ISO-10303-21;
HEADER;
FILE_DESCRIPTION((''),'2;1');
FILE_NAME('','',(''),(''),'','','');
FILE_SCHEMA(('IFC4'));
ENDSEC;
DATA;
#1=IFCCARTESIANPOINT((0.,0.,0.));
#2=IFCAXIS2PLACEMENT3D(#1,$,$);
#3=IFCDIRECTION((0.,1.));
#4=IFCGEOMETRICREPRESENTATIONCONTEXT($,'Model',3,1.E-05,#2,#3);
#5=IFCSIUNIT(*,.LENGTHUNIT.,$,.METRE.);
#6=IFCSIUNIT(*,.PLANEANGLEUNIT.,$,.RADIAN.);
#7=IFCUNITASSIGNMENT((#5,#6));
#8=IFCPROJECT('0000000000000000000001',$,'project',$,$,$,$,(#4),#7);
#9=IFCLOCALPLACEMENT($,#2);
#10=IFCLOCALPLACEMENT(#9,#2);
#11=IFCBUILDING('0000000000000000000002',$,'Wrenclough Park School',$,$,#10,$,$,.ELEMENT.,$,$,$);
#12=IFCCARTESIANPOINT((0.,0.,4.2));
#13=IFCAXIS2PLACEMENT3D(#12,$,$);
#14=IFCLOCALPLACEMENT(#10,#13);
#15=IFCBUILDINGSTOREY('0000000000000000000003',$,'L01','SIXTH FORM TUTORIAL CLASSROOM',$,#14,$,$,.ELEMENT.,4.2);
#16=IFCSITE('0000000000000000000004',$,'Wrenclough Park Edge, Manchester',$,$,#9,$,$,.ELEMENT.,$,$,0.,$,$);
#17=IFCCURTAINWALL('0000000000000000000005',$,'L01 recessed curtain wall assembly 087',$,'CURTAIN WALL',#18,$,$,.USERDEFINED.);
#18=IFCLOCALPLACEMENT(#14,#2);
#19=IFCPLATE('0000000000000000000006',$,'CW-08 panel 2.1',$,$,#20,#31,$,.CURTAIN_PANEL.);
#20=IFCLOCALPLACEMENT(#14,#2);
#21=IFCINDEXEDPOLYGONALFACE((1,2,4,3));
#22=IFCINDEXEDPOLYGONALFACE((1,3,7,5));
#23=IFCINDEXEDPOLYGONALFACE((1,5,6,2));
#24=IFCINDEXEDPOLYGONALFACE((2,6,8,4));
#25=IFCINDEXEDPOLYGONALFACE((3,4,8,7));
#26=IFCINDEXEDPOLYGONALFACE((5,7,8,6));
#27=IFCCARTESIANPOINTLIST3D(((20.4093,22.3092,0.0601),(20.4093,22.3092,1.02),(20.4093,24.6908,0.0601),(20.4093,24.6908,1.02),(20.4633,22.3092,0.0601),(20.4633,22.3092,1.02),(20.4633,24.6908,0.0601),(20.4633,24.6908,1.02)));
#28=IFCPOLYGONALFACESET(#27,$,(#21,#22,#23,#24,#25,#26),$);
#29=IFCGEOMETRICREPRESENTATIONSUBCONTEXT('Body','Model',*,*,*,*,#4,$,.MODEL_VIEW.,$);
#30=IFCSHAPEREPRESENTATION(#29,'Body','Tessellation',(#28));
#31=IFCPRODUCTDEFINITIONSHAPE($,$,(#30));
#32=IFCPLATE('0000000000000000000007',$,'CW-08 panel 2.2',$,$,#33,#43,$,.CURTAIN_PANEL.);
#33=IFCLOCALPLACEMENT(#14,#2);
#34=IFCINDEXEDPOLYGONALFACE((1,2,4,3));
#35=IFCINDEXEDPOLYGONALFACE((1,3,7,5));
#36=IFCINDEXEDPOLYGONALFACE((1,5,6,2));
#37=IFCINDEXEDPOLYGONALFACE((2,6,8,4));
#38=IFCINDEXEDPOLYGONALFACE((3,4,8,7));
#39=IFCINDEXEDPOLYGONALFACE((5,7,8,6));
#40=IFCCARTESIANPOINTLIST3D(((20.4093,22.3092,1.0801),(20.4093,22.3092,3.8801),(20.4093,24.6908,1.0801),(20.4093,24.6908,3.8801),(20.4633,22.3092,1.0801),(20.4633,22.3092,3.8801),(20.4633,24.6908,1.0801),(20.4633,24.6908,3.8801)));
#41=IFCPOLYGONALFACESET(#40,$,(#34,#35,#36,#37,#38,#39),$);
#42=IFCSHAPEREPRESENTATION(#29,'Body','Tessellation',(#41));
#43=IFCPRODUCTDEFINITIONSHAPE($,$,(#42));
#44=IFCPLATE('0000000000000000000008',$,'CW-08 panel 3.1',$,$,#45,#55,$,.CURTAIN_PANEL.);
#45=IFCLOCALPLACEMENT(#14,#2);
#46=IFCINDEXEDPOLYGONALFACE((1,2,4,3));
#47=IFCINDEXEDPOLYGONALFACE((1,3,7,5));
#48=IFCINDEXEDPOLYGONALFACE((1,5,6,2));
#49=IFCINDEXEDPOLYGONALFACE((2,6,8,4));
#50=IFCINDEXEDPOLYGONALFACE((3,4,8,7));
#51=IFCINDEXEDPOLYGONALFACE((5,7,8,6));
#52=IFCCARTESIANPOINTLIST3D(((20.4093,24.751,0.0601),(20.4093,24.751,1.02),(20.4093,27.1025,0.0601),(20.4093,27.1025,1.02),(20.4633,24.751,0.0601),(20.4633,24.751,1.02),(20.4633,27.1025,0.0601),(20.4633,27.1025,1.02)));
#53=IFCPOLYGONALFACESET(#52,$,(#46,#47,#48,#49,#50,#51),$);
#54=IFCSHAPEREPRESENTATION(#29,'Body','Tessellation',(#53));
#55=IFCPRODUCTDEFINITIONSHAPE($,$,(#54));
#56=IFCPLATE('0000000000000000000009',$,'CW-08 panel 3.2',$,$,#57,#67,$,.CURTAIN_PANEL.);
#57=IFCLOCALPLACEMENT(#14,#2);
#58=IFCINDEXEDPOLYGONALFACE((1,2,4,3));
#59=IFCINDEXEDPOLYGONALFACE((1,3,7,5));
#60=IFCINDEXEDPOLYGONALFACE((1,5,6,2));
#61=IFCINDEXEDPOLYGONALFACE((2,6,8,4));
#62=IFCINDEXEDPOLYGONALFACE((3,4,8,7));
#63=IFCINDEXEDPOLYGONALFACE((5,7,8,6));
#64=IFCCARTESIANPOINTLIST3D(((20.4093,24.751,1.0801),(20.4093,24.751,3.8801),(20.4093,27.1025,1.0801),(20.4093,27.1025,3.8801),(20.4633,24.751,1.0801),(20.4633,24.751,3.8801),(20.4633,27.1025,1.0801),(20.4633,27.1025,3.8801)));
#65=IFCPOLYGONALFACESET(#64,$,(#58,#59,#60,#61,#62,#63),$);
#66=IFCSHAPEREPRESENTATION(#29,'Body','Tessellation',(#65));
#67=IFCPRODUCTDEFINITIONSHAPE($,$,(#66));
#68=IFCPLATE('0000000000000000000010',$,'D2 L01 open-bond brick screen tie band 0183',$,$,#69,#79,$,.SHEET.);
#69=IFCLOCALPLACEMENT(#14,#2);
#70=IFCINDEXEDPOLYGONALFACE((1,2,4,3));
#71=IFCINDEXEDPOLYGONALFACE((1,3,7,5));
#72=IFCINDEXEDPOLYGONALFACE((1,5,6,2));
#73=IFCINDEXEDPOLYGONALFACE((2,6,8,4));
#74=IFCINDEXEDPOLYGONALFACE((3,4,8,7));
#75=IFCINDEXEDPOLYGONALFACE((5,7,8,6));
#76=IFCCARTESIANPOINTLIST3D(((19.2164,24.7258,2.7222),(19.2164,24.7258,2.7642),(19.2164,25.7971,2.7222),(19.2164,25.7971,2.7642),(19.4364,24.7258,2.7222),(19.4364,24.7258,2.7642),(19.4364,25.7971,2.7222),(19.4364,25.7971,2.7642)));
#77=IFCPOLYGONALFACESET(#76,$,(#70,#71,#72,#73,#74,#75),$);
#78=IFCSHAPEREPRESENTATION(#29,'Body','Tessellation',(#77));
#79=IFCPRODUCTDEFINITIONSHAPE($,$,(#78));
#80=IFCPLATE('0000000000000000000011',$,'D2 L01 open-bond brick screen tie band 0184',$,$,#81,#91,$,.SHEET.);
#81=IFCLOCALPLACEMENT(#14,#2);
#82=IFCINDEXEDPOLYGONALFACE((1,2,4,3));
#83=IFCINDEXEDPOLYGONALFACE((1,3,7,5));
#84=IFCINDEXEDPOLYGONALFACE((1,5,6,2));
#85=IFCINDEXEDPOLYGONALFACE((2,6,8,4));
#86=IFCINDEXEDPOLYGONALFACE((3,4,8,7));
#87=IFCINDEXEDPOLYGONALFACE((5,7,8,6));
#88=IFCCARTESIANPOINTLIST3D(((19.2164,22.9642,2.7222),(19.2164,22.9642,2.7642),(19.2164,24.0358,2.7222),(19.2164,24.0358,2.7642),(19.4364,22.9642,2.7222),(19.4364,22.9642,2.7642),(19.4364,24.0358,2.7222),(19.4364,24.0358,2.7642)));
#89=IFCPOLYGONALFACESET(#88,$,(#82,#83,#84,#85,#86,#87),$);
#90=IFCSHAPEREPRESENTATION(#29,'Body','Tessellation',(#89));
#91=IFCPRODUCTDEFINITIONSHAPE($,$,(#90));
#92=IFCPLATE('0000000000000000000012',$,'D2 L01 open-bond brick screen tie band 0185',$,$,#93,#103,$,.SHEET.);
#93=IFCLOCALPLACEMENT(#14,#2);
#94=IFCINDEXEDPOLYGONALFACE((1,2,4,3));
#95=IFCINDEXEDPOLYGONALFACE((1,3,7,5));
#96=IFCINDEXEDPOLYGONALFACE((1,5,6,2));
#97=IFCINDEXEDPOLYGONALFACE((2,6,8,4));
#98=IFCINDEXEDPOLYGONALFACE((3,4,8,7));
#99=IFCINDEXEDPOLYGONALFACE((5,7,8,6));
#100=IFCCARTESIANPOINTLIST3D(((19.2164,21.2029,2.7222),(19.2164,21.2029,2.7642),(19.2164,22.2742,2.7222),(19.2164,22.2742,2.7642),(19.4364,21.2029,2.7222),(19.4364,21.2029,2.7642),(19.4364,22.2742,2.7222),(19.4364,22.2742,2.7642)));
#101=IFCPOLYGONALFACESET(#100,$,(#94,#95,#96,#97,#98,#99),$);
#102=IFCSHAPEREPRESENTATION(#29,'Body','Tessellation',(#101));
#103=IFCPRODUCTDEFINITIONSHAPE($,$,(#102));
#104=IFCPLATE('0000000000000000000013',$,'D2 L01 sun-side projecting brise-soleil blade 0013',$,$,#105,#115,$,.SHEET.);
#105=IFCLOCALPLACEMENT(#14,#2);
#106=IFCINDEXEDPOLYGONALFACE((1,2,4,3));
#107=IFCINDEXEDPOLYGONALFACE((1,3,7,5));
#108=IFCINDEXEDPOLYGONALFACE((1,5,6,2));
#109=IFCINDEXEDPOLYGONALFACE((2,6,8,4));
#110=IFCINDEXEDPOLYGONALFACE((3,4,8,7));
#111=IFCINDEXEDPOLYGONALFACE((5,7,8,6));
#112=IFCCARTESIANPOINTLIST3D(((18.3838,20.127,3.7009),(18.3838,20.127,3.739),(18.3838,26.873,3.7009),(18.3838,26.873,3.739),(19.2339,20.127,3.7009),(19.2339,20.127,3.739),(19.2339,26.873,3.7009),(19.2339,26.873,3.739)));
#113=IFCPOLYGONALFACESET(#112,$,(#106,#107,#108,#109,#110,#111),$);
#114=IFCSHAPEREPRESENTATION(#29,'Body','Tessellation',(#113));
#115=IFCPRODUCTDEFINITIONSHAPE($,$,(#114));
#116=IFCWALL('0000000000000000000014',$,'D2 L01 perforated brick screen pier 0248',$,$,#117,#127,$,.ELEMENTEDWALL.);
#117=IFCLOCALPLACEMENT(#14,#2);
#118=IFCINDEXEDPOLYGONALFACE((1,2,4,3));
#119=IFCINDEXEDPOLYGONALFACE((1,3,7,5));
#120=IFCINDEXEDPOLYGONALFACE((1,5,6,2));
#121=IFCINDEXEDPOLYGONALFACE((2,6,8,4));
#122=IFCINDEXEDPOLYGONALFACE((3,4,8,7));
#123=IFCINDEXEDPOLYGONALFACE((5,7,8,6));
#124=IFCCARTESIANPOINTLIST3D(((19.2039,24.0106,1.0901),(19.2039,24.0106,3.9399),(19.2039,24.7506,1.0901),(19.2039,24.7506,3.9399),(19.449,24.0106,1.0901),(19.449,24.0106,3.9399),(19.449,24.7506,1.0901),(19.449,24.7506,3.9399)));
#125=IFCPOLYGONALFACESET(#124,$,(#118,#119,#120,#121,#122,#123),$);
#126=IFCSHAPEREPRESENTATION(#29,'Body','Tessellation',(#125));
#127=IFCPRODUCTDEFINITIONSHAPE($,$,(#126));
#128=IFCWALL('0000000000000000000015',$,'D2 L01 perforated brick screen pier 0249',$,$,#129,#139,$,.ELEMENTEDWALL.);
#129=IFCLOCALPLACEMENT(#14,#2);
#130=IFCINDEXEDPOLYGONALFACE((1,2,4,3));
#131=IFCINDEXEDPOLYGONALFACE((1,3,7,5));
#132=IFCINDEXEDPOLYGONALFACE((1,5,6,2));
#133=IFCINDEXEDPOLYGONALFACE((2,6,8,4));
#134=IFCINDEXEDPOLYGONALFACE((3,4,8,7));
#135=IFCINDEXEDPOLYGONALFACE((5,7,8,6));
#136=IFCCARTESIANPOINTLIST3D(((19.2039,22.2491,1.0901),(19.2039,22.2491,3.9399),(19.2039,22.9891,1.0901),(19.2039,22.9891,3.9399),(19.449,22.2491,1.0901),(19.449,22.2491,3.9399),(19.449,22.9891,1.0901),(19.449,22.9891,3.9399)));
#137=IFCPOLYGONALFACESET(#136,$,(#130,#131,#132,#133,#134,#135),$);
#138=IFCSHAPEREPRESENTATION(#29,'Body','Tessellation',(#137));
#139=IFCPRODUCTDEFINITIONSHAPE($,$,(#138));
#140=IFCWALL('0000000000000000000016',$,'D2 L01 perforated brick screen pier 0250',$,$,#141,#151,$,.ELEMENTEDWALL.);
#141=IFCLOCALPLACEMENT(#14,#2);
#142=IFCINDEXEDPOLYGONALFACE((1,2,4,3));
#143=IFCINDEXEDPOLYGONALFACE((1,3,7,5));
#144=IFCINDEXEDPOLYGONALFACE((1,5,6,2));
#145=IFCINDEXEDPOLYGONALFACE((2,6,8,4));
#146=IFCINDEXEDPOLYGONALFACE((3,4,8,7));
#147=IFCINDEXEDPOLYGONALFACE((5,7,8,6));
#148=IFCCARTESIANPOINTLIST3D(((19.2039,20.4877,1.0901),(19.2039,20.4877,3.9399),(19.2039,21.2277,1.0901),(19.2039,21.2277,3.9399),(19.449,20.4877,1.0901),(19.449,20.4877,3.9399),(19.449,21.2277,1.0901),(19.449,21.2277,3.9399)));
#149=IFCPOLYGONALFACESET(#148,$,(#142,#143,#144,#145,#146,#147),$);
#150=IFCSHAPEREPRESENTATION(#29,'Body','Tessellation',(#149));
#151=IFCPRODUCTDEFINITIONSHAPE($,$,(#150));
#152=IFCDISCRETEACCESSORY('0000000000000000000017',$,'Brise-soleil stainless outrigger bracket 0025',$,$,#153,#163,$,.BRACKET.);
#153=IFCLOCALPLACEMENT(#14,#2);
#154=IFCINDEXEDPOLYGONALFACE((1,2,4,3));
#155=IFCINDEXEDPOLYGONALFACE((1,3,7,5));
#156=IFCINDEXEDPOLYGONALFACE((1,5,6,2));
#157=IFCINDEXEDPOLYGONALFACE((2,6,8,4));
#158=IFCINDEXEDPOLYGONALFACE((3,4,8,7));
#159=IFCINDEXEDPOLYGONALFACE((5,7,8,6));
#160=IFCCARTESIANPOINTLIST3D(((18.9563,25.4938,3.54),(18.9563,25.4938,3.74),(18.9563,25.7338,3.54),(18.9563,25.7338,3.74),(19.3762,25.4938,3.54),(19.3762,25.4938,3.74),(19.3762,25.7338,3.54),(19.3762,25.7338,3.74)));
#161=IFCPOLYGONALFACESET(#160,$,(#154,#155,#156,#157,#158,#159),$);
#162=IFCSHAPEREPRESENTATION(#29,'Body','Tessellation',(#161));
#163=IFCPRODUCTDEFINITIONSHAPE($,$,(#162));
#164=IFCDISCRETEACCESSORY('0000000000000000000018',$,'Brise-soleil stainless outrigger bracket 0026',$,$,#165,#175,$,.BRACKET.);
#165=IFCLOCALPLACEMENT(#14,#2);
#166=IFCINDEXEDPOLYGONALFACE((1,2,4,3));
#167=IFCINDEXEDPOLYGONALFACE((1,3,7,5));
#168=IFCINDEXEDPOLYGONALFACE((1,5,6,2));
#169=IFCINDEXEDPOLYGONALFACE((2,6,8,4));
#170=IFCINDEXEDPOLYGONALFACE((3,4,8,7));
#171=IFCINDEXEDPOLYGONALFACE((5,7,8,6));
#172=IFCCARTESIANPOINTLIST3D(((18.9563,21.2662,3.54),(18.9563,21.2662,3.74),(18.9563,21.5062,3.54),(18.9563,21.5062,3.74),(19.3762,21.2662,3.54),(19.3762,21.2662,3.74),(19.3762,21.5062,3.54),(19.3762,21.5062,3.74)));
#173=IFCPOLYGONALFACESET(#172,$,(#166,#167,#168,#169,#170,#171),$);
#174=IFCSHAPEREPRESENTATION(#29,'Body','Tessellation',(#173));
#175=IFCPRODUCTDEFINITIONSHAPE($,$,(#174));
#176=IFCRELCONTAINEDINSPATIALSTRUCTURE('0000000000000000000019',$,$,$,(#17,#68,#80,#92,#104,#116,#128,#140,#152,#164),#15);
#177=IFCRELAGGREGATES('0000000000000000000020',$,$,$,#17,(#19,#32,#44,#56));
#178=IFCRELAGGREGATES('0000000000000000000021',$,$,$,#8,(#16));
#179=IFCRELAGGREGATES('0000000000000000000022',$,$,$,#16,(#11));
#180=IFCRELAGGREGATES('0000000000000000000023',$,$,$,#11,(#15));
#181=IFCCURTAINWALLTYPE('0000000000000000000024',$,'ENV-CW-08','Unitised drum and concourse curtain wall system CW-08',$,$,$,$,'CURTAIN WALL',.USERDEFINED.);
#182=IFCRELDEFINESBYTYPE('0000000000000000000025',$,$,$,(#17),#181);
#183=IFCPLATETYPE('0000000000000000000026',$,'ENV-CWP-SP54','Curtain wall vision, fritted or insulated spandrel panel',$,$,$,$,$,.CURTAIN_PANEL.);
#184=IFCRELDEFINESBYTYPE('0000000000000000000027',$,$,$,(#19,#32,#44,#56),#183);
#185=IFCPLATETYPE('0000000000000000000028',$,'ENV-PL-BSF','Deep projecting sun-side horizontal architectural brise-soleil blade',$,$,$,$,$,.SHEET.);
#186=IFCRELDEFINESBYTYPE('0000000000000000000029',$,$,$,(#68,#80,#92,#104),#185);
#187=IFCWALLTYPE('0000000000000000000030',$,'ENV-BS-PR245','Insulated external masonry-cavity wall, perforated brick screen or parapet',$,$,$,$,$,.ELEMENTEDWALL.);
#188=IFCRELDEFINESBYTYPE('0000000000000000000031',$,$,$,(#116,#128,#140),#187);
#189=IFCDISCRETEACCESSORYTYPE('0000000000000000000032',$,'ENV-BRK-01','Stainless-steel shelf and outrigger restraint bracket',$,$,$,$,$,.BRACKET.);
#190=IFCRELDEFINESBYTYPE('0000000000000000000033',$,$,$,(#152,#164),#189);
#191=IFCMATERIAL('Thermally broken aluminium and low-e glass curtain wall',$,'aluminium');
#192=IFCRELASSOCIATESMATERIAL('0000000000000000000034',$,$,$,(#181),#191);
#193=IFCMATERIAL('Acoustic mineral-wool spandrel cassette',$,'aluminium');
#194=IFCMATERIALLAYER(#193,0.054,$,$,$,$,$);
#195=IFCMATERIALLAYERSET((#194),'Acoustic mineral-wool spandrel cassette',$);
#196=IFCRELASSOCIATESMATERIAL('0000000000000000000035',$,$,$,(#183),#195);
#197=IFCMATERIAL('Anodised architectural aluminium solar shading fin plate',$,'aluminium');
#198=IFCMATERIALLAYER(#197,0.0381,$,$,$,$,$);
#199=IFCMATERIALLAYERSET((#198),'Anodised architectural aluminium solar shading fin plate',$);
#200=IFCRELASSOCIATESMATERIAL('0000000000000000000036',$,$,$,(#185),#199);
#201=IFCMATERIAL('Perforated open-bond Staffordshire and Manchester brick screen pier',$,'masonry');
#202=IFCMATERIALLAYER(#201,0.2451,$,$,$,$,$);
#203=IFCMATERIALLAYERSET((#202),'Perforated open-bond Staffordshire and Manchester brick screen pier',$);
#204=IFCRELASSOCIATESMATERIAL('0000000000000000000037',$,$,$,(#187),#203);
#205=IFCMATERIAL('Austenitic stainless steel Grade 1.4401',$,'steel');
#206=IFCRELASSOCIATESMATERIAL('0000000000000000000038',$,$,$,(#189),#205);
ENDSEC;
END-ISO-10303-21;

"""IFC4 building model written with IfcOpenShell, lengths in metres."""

from ifc_helpers import new_model, si_unit, direction, frame, frame_2d, origin, origin_2d, place, context, subcontext, project, spatial, rectangle, extrude, material, layer, layer_set, type_object, element, aggregate, save


model = new_model("IFC4")

# Units and contexts
model_context = context("Model", 3, precision=1e-05, world=origin(), true_north=direction((0.0, 1.0)))
body_context = subcontext(model_context, "Body", "Model", "MODEL_VIEW")
ifc_project = project(units=[si_unit("LENGTHUNIT", "METRE"), si_unit("PLANEANGLEUNIT", "RADIAN")], contexts=[model_context])

# Site, building, storey
site_placement = place(None, origin())
site = spatial("IfcSite", under=ifc_project, at=site_placement, Name="Wrenclough Park Edge, Manchester", CompositionType="ELEMENT", RefElevation=0.0)
building_placement = place(site_placement, origin())
building = spatial("IfcBuilding", under=site, at=building_placement, Name="Wrenclough Park School", CompositionType="ELEMENT")
storey_placement = place(building_placement, frame((0.0, 0.0, 4.2)))
storey = spatial("IfcBuildingStorey", under=building, at=storey_placement, Name="L01", Description="SIXTH FORM TUTORIAL CLASSROOM", CompositionType="ELEMENT", Elevation=4.2)

# Curtain wall, plates
ifc_material_1 = material(Name="Thermally broken aluminium and low-e glass curtain wall", Category="aluminium")
curtain_wall_type = type_object("IfcCurtainWallType", Name="ENV-CW-08", Description="Unitised drum and concourse curtain wall system CW-08", ElementType="CURTAIN WALL", PredefinedType="USERDEFINED", material=ifc_material_1)
curtain_wall_placement = place(storey_placement, origin())
curtain_wall = element("IfcCurtainWall", 1, at=curtain_wall_placement, inside=storey, type_object=curtain_wall_type, Name="L01 recessed curtain wall assembly 087", ObjectType="CURTAIN WALL", PredefinedType="USERDEFINED")
ifc_material_2 = material(Name="Acoustic mineral-wool spandrel cassette", Category="aluminium")
ifc_layer_1 = layer(ifc_material_2, 0.054)
ifc_layer_set_1 = layer_set([ifc_layer_1], Name="Acoustic mineral-wool spandrel cassette")
plate_type_1 = type_object("IfcPlateType", Name="ENV-CWP-SP54", Description="Curtain wall vision, fritted or insulated spandrel panel", PredefinedType="CURTAIN_PANEL", material=ifc_layer_set_1)
plate_1_placement = place(storey_placement, frame((20.4363, 23.5, 0.0601), z_axis=(0.0, 0.0, 1.0), x_axis=(0.0, 1.0, 0.0)))
plate_1 = element("IfcPlate", 2, at=plate_1_placement, type_object=plate_type_1, Name="CW-08 panel 2.1", PredefinedType="CURTAIN_PANEL", context=body_context, shape_type="SweptSolid", body=[
    extrude(rectangle(XDim=2.3816, YDim=0.054, at=origin_2d()), origin(), (0.0, 0.0, 1.0), 0.96),
])
plate_2_placement = place(storey_placement, frame((20.4363, 23.5, 1.0801), z_axis=(0.0, 0.0, 1.0), x_axis=(0.0, 1.0, 0.0)))
plate_2 = element("IfcPlate", 3, at=plate_2_placement, type_object=plate_type_1, Name="CW-08 panel 2.2", PredefinedType="CURTAIN_PANEL", context=body_context, shape_type="SweptSolid", body=[
    extrude(rectangle(XDim=2.3816, YDim=0.054, at=origin_2d()), origin(), (0.0, 0.0, 1.0), 2.8),
])
plate_3_placement = place(storey_placement, frame((20.4363, 25.9268, 0.0601), z_axis=(0.0, 0.0, 1.0), x_axis=(0.0, 1.0, 0.0)))
plate_3 = element("IfcPlate", 4, at=plate_3_placement, type_object=plate_type_1, Name="CW-08 panel 3.1", PredefinedType="CURTAIN_PANEL", context=body_context, shape_type="SweptSolid", body=[
    extrude(rectangle(XDim=2.3516, YDim=0.054, at=origin_2d()), origin(), (0.0, 0.0, 1.0), 0.96),
])
plate_4_placement = place(storey_placement, frame((20.4363, 25.9268, 1.0801), z_axis=(0.0, 0.0, 1.0), x_axis=(0.0, 1.0, 0.0)))
plate_4 = element("IfcPlate", 5, at=plate_4_placement, type_object=plate_type_1, Name="CW-08 panel 3.2", PredefinedType="CURTAIN_PANEL", context=body_context, shape_type="SweptSolid", body=[
    extrude(rectangle(XDim=2.3516, YDim=0.054, at=origin_2d()), origin(), (0.0, 0.0, 1.0), 2.8),
])
aggregate(curtain_wall, [plate_1, plate_2, plate_3, plate_4])

# Plates
ifc_material_3 = material(Name="Anodised architectural aluminium solar shading fin plate", Category="aluminium")
ifc_layer_2 = layer(ifc_material_3, 0.0381)
ifc_layer_set_2 = layer_set([ifc_layer_2], Name="Anodised architectural aluminium solar shading fin plate")
plate_type_2 = type_object("IfcPlateType", Name="ENV-PL-BSF", Description="Deep projecting sun-side horizontal architectural brise-soleil blade", PredefinedType="SHEET", material=ifc_layer_set_2)
plate_5_placement = place(storey_placement, frame((19.3264, 25.2615, 2.7222), z_axis=(0.0, 0.0, 1.0), x_axis=(0.0, -1.0, 0.0)))
element("IfcPlate", 6, at=plate_5_placement, inside=storey, type_object=plate_type_2, Name="D2 L01 open-bond brick screen tie band 0183", PredefinedType="SHEET", context=body_context, shape_type="SweptSolid", body=[
    extrude(rectangle(XDim=1.0713, YDim=0.22, at=origin_2d()), origin(), (0.0, 0.0, 1.0), 0.042),
])
plate_6_placement = place(storey_placement, frame((19.3264, 23.5, 2.7222), z_axis=(0.0, 0.0, 1.0), x_axis=(0.0, -1.0, 0.0)))
element("IfcPlate", 7, at=plate_6_placement, inside=storey, type_object=plate_type_2, Name="D2 L01 open-bond brick screen tie band 0184", PredefinedType="SHEET", context=body_context, shape_type="SweptSolid", body=[
    extrude(rectangle(XDim=1.0715, YDim=0.22, at=origin_2d()), origin(), (0.0, 0.0, 1.0), 0.042),
])
plate_7_placement = place(storey_placement, frame((19.3264, 21.7385, 2.7222), z_axis=(0.0, 0.0, 1.0), x_axis=(0.0, -1.0, 0.0)))
element("IfcPlate", 8, at=plate_7_placement, inside=storey, type_object=plate_type_2, Name="D2 L01 open-bond brick screen tie band 0185", PredefinedType="SHEET", context=body_context, shape_type="SweptSolid", body=[
    extrude(rectangle(XDim=1.0713, YDim=0.22, at=origin_2d()), origin(), (0.0, 0.0, 1.0), 0.042),
])
plate_8_placement = place(storey_placement, frame((18.8088, 23.5, 3.7009), z_axis=(0.0, 0.0, 1.0), x_axis=(0.0, -1.0, 0.0)))
element("IfcPlate", 9, at=plate_8_placement, inside=storey, type_object=plate_type_2, Name="D2 L01 sun-side projecting brise-soleil blade 0013", PredefinedType="SHEET", context=body_context, shape_type="SweptSolid", body=[
    extrude(rectangle(XDim=6.7461, YDim=0.8501, at=origin_2d()), origin(), (0.0, 0.0, 1.0), 0.0381),
])

# Walls
ifc_material_4 = material(Name="Perforated open-bond Staffordshire and Manchester brick screen pier", Category="masonry")
ifc_layer_3 = layer(ifc_material_4, 0.2451)
ifc_layer_set_3 = layer_set([ifc_layer_3], Name="Perforated open-bond Staffordshire and Manchester brick screen pier")
wall_type = type_object("IfcWallType", Name="ENV-BS-PR245", Description="Insulated external masonry-cavity wall, perforated brick screen or parapet", PredefinedType="ELEMENTEDWALL", material=ifc_layer_set_3)
for number, where, z_axis, x_axis, name in (
    (10, (19.3264, 24.7507, 1.0901), (0.0, 0.0, 1.0), (0.0, -1.0, 0.0), "D2 L01 perforated brick screen pier 0248"),
    (11, (19.3264, 22.9893, 1.0901), (0.0, 0.0, 1.0), (0.0, -1.0, 0.0), "D2 L01 perforated brick screen pier 0249"),
    (12, (19.3264, 21.2278, 1.0901), (0.0, 0.0, 1.0), (0.0, -1.0, 0.0), "D2 L01 perforated brick screen pier 0250"),
):
    element("IfcWall", number, at=place(storey_placement, frame(where, z_axis=z_axis, x_axis=x_axis)), inside=storey, type_object=wall_type, Name=name, PredefinedType="ELEMENTEDWALL", context=body_context, shape_type="SweptSolid", body=[
        extrude(rectangle(XDim=0.74, YDim=0.2451, at=frame_2d((0.3701, 0.0))), origin(), (0.0, 0.0, 1.0), 2.8499),
    ])

# Discrete accessories
ifc_material_5 = material(Name="Austenitic stainless steel Grade 1.4401", Category="steel")
discrete_accessory_type = type_object("IfcDiscreteAccessoryType", Name="ENV-BRK-01", Description="Stainless-steel shelf and outrigger restraint bracket", PredefinedType="BRACKET", material=ifc_material_5)
for number, where, z_axis, x_axis, name in (
    (13, (19.1663, 25.6138, 3.54), (0.0, 0.0, 1.0), (0.0, -1.0, 0.0), "Brise-soleil stainless outrigger bracket 0025"),
    (14, (19.1663, 21.3862, 3.54), (0.0, 0.0, 1.0), (0.0, -1.0, 0.0), "Brise-soleil stainless outrigger bracket 0026"),
):
    element("IfcDiscreteAccessory", number, at=place(storey_placement, frame(where, z_axis=z_axis, x_axis=x_axis)), inside=storey, type_object=discrete_accessory_type, Name=name, PredefinedType="BRACKET", context=body_context, shape_type="SweptSolid", body=[
        extrude(rectangle(XDim=0.24, YDim=0.4199, at=origin_2d()), origin(), (0.0, 0.0, 1.0), 0.2),
    ])

save(model, "model.ifc")
